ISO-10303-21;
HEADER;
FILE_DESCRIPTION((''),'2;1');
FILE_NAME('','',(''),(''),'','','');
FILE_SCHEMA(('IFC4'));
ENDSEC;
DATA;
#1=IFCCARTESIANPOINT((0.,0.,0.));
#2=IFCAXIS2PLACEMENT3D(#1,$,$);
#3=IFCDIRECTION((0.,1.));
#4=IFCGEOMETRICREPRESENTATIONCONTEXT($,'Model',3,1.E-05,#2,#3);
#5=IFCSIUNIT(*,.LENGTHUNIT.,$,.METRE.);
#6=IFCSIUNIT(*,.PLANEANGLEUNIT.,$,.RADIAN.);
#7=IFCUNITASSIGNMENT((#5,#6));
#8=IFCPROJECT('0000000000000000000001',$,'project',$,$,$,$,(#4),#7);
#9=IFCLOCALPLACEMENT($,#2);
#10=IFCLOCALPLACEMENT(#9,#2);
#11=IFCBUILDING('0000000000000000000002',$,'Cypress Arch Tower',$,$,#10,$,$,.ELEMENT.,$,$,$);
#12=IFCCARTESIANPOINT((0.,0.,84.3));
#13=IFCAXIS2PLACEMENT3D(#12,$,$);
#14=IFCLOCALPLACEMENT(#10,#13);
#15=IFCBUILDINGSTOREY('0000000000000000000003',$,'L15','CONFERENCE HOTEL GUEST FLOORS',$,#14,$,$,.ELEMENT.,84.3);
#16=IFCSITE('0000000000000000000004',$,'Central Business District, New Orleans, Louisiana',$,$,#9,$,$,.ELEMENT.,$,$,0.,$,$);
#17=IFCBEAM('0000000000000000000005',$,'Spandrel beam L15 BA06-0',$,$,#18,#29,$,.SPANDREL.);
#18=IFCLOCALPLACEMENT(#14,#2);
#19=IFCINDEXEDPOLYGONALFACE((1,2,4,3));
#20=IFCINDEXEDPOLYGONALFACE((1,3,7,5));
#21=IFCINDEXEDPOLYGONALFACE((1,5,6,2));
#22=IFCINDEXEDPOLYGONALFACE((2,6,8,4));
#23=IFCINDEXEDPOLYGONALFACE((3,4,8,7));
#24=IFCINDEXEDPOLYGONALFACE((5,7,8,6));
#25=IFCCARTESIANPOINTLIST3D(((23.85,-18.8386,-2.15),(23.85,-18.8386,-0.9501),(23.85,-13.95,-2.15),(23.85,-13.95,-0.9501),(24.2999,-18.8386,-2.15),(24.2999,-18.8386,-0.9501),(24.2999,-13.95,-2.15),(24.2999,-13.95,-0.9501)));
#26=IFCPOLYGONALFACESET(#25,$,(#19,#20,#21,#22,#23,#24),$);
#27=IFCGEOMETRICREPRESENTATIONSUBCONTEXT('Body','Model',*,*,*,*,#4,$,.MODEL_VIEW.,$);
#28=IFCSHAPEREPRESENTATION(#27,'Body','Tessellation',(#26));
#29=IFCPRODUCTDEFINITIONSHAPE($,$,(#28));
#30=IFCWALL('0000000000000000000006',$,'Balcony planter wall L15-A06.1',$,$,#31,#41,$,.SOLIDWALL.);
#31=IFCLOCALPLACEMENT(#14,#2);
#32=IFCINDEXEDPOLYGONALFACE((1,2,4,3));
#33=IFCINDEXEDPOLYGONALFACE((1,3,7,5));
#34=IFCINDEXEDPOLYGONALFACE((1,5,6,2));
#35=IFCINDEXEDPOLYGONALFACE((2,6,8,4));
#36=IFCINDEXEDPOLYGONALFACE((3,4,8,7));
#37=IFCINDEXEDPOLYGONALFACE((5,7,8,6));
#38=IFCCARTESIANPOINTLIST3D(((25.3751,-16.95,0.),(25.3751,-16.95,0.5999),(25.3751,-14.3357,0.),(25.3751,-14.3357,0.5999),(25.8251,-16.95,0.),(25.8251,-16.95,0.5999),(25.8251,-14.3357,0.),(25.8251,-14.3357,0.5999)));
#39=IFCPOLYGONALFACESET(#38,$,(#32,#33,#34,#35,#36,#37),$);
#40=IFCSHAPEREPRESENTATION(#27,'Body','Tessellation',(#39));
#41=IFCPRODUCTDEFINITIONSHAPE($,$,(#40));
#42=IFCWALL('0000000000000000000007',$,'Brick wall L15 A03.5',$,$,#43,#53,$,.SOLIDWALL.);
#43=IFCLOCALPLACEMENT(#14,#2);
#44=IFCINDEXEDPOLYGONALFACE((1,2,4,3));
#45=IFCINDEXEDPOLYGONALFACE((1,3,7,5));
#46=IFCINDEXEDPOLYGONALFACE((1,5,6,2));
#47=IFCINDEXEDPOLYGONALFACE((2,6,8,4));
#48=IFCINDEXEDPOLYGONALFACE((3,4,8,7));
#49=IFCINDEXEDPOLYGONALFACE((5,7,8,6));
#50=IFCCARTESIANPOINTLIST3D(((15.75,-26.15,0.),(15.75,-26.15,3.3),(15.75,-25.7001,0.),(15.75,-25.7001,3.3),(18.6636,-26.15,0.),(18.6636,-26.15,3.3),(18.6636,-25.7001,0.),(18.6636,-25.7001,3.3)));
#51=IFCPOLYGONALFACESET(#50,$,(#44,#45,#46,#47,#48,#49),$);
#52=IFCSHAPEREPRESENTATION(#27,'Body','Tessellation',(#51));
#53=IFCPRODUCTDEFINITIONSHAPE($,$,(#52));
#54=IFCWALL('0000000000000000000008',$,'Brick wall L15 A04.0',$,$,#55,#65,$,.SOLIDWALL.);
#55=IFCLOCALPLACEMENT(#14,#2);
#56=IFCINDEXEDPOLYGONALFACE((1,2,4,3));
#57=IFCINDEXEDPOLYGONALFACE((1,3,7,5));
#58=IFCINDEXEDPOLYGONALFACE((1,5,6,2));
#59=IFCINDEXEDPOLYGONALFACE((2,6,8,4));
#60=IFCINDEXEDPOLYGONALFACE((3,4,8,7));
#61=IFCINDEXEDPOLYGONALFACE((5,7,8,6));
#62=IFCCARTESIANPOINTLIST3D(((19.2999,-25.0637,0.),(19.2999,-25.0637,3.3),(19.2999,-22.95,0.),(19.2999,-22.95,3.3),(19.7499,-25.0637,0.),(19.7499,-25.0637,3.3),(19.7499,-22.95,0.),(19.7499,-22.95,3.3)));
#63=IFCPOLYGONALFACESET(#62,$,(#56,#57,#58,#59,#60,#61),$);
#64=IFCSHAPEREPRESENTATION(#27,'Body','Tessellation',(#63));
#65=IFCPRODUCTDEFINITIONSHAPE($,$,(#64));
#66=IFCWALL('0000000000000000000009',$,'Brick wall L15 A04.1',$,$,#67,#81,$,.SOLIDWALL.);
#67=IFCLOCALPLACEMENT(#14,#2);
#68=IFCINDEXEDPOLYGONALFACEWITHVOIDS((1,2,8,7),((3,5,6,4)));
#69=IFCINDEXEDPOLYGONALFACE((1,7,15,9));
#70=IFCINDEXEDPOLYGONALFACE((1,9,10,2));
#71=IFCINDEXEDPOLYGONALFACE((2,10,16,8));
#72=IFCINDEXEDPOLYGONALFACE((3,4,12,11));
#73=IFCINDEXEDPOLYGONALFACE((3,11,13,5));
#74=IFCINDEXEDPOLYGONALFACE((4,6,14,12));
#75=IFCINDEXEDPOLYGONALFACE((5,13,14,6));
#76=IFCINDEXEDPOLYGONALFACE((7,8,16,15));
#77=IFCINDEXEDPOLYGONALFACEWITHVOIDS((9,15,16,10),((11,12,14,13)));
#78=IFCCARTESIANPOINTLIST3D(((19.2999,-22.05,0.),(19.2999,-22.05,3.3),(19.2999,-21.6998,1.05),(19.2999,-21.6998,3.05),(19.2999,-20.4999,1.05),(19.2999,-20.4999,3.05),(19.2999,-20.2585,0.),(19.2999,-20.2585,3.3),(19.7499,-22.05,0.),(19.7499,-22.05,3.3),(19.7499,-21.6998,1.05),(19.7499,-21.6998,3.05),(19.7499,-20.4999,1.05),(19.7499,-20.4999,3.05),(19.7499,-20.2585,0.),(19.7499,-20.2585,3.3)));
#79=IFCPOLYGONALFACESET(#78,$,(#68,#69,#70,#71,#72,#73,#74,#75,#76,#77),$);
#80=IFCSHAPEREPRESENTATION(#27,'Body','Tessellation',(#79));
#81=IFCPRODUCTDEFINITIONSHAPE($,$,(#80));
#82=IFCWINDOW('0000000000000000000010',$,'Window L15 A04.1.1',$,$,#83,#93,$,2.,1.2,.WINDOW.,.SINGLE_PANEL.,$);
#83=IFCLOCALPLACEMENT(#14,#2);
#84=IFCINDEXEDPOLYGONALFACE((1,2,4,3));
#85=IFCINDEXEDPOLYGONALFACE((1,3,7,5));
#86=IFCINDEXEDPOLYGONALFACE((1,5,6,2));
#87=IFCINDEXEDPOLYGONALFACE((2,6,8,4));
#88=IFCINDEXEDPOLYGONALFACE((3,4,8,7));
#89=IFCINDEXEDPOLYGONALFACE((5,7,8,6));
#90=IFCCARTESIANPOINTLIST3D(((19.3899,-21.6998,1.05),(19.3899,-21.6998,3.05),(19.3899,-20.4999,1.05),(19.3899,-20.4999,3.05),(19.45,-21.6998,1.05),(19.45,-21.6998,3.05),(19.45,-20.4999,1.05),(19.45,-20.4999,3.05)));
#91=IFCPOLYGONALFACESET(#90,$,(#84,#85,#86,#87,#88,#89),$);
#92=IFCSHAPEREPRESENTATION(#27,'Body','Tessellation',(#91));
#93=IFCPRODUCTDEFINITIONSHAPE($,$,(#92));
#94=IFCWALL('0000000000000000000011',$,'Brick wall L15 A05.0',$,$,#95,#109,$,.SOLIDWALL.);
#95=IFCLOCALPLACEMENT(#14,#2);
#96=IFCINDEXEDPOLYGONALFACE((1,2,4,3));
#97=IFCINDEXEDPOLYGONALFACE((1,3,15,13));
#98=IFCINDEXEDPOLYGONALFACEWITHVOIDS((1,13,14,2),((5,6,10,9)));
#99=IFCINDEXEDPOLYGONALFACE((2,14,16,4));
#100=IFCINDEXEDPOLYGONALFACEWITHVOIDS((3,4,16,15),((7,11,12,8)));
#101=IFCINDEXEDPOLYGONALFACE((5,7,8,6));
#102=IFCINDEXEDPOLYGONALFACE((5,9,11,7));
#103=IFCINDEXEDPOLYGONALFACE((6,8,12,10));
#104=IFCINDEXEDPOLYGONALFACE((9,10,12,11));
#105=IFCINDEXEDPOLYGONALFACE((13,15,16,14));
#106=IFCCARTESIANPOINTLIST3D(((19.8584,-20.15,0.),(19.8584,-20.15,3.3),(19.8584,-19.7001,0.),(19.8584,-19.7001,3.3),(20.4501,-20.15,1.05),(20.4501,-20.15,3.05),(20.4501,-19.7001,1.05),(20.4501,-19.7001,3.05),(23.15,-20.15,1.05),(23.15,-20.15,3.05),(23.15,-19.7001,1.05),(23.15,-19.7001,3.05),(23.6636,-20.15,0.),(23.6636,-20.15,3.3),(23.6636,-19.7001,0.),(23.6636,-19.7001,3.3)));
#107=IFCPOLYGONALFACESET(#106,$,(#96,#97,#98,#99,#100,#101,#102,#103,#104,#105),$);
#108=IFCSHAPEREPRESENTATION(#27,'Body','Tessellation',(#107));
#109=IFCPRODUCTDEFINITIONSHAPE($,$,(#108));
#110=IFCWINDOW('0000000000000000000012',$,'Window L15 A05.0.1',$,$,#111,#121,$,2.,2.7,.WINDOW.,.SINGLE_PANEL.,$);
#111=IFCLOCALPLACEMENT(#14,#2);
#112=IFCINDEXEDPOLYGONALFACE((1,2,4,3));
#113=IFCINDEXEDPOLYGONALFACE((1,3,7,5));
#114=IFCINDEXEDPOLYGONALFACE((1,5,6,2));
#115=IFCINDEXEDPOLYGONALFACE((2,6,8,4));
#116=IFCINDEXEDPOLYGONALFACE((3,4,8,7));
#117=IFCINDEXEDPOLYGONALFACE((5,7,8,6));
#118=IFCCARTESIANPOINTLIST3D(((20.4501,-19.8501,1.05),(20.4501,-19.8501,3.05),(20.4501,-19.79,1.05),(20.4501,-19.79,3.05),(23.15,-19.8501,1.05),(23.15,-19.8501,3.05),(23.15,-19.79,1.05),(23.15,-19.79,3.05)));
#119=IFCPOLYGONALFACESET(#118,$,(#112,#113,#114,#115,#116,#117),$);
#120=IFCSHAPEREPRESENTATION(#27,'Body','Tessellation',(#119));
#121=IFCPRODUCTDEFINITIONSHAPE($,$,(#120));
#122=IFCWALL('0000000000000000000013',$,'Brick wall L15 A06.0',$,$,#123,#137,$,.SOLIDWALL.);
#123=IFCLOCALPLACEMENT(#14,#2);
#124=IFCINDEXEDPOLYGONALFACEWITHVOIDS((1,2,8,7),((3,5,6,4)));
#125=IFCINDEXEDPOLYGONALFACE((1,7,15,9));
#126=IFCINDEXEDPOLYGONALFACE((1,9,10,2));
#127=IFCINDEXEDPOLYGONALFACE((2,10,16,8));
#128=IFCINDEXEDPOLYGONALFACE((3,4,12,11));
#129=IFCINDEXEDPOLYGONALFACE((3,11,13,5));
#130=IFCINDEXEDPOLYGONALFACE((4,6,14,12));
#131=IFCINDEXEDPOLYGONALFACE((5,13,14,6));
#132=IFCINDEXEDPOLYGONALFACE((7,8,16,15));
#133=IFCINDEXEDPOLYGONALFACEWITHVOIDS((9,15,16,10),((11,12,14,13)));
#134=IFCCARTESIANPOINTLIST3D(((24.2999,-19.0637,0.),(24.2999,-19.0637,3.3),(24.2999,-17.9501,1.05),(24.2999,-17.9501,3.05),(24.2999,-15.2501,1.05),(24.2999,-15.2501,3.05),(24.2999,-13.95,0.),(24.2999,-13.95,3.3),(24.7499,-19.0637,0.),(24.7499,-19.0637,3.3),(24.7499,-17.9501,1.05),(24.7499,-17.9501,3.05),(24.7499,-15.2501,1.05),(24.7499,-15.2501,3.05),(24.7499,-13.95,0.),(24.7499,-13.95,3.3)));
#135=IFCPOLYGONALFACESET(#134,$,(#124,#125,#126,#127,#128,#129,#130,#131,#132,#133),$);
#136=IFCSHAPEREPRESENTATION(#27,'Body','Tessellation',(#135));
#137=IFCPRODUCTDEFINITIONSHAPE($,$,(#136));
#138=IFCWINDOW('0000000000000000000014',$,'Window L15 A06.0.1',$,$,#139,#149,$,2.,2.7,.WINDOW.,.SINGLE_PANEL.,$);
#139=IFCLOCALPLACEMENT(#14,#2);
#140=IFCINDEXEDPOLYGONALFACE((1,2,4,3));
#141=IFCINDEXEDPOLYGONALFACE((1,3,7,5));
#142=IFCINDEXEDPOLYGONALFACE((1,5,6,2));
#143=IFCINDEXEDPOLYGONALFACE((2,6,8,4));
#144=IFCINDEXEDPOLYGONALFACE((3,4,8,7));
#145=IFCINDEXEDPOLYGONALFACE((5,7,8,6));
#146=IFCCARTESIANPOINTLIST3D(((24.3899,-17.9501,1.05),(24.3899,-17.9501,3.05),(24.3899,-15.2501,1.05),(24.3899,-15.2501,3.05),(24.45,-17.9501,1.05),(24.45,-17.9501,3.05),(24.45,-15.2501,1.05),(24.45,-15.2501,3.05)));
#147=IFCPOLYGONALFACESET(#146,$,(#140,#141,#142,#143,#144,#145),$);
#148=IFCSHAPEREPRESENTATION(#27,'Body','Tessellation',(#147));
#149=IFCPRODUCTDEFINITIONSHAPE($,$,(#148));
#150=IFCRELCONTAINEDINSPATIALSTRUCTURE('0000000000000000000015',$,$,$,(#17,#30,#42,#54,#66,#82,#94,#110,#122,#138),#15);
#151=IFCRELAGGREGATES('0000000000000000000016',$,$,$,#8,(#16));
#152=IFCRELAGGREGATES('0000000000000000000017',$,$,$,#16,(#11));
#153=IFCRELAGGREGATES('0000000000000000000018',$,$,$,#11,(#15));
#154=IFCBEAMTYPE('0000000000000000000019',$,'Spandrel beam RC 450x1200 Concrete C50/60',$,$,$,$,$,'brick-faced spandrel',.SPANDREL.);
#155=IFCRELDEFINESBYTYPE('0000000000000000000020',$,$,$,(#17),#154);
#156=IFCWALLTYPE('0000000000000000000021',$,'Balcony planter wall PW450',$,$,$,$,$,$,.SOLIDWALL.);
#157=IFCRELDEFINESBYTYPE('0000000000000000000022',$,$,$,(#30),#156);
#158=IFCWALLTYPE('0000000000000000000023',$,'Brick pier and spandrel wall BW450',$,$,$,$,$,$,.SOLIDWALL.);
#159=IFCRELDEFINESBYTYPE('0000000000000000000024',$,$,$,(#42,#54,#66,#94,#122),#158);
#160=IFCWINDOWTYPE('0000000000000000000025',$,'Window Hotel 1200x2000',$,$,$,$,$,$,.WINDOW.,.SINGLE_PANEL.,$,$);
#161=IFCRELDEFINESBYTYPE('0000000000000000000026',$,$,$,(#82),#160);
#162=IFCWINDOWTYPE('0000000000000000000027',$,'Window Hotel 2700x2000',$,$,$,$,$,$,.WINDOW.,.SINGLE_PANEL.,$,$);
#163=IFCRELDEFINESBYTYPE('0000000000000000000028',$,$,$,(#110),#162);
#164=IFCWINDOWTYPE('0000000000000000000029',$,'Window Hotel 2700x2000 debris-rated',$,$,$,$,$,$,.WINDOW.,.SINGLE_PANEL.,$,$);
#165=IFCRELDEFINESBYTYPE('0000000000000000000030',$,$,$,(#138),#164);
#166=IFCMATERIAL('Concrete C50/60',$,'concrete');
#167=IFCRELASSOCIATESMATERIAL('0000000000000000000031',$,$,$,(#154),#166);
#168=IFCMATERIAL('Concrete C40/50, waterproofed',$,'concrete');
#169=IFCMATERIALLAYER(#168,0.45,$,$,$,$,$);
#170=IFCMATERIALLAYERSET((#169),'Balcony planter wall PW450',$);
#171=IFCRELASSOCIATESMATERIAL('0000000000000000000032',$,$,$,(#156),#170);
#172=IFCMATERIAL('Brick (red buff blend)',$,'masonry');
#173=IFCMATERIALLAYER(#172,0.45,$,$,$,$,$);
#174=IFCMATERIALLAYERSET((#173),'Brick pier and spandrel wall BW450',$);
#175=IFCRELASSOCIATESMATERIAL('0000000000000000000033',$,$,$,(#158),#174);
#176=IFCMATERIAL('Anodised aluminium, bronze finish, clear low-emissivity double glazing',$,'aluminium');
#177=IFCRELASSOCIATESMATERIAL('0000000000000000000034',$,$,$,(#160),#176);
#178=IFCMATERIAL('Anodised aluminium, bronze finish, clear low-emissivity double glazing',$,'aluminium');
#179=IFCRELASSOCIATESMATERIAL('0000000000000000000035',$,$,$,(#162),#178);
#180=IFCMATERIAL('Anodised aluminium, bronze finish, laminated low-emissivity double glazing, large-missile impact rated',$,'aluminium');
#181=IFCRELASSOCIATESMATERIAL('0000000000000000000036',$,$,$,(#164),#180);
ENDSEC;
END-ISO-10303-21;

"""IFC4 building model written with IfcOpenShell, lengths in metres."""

from ifc_helpers import new_model, si_unit, direction, frame, frame_2d, origin, origin_2d, place, context, subcontext, project, spatial, rectangle, extrude, material, layer, layer_set, material_profile, profile_set, type_object, element, fill, save


model = new_model("IFC4")

# Units and contexts
model_context = context("Model", 3, precision=1e-05, world=origin(), true_north=direction((0.0, 1.0)))
body_context = subcontext(model_context, "Body", "Model", "MODEL_VIEW")
ifc_project = project(units=[si_unit("LENGTHUNIT", "METRE"), si_unit("PLANEANGLEUNIT", "RADIAN")], contexts=[model_context])

# Site, building, storey
site_placement = place(None, origin())
site = spatial("IfcSite", under=ifc_project, at=site_placement, Name="Central Business District, New Orleans, Louisiana", CompositionType="ELEMENT", RefElevation=0.0)
building_placement = place(site_placement, origin())
building = spatial("IfcBuilding", under=site, at=building_placement, Name="Cypress Arch Tower", CompositionType="ELEMENT")
storey_placement = place(building_placement, frame((0.0, 0.0, 84.3)))
storey = spatial("IfcBuildingStorey", under=building, at=storey_placement, Name="L15", Description="CONFERENCE HOTEL GUEST FLOORS", CompositionType="ELEMENT", Elevation=84.3)

# Beam
ifc_material_1 = material(Name="Concrete C50/60", Category="concrete")
ifc_material_profile_1 = material_profile(ifc_material_1, rectangle(XDim=0.45, YDim=1.2, at=origin_2d()), Name="RC 450x1200")
ifc_profile_set_1 = profile_set([ifc_material_profile_1], Name="Concrete C50/60")
beam_type = type_object("IfcBeamType", Name="Spandrel beam RC 450x1200 Concrete C50/60", ElementType="brick-faced spandrel", PredefinedType="SPANDREL", material=ifc_profile_set_1)
beam_1_placement = place(storey_placement, frame((24.075, -18.8386, -1.55), z_axis=(0.0, 1.0, 0.0), x_axis=(-1.0, 0.0, 0.0)))
element("IfcBeam", 1, at=beam_1_placement, inside=storey, type_object=beam_type, Name="Spandrel beam L15 BA06-0", PredefinedType="SPANDREL", context=body_context, shape_type="SweptSolid", body=[
    extrude(rectangle(XDim=0.45, YDim=1.2, at=origin_2d()), origin(), (0.0, 0.0, 1.0), 4.8887),
])

# Walls
ifc_material_2 = material(Name="Concrete C40/50, waterproofed", Category="concrete")
ifc_layer_1 = layer(ifc_material_2, 0.45)
ifc_layer_set_1 = layer_set([ifc_layer_1], Name="Balcony planter wall PW450")
wall_type_1 = type_object("IfcWallType", Name="Balcony planter wall PW450", PredefinedType="SOLIDWALL", material=ifc_layer_set_1)
wall_1_placement = place(storey_placement, frame((25.6001, -16.95, 0.0), z_axis=(0.0, 0.0, 1.0), x_axis=(0.0, 1.0, 0.0)))
element("IfcWall", 2, at=wall_1_placement, inside=storey, type_object=wall_type_1, Name="Balcony planter wall L15-A06.1", PredefinedType="SOLIDWALL", context=body_context, shape_type="SweptSolid", body=[
    extrude(rectangle(XDim=2.6143, YDim=0.45, at=frame_2d((1.3071, 0.0))), origin(), (0.0, 0.0, 1.0), 0.5999),
])
ifc_material_3 = material(Name="Brick (red buff blend)", Category="masonry")
ifc_layer_2 = layer(ifc_material_3, 0.45)
ifc_layer_set_2 = layer_set([ifc_layer_2], Name="Brick pier and spandrel wall BW450")
wall_type_2 = type_object("IfcWallType", Name="Brick pier and spandrel wall BW450", PredefinedType="SOLIDWALL", material=ifc_layer_set_2)
wall_2_placement = place(storey_placement, frame((15.75, -25.925, 0.0), z_axis=(0.0, 0.0, 1.0), x_axis=(1.0, 0.0, 0.0)))
element("IfcWall", 3, at=wall_2_placement, inside=storey, type_object=wall_type_2, Name="Brick wall L15 A03.5", PredefinedType="SOLIDWALL", context=body_context, shape_type="SweptSolid", body=[
    extrude(rectangle(XDim=2.9136, YDim=0.45, at=frame_2d((1.4568, 0.0))), origin(), (0.0, 0.0, 1.0), 3.3),
])
wall_3_placement = place(storey_placement, frame((19.5249, -25.0637, 0.0), z_axis=(0.0, 0.0, 1.0), x_axis=(0.0, 1.0, 0.0)))
element("IfcWall", 4, at=wall_3_placement, inside=storey, type_object=wall_type_2, Name="Brick wall L15 A04.0", PredefinedType="SOLIDWALL", context=body_context, shape_type="SweptSolid", body=[
    extrude(rectangle(XDim=2.1138, YDim=0.45, at=frame_2d((1.0569, 0.0))), origin(), (0.0, 0.0, 1.0), 3.3),
])

# Walls, openings, windows
wall_4_placement = place(storey_placement, frame((19.5249, -22.05, 0.0), z_axis=(0.0, 0.0, 1.0), x_axis=(0.0, 1.0, 0.0)))
wall_4 = element("IfcWall", 5, at=wall_4_placement, inside=storey, type_object=wall_type_2, Name="Brick wall L15 A04.1", PredefinedType="SOLIDWALL", context=body_context, shape_type="SweptSolid", body=[
    extrude(rectangle(XDim=1.7915, YDim=0.45, at=frame_2d((0.8958, 0.0))), origin(), (0.0, 0.0, 1.0), 3.3),
])
opening_1_placement = place(wall_4_placement, frame((0.3501, 0.0, 1.05)))
opening_1 = element("IfcOpeningElement", 6, at=opening_1_placement, cuts=wall_4, PredefinedType="OPENING", context=body_context, shape_type="SweptSolid", body=[
    extrude(rectangle(XDim=1.2, YDim=2.0, at=frame_2d((0.6001, 1.0))), frame((0.0, 0.2349, 0.0), z_axis=(0.0, -1.0, 0.0), x_axis=(1.0, 0.0, 0.0)), (0.0, 0.0, 1.0), 0.47),
])
ifc_material_4 = material(Name="Anodised aluminium, bronze finish, clear low-emissivity double glazing", Category="aluminium")
window_type_1 = type_object("IfcWindowType", Name="Window Hotel 1200x2000", PartitioningType="SINGLE_PANEL", PredefinedType="WINDOW", material=ifc_material_4)
window_1_placement = place(opening_1_placement, origin())
window_1 = element("IfcWindow", 7, at=window_1_placement, inside=storey, type_object=window_type_1, Name="Window L15 A04.1.1", OverallHeight=2.0, OverallWidth=1.2, PartitioningType="SINGLE_PANEL", PredefinedType="WINDOW", context=body_context, shape_type="SweptSolid", body=[
    extrude(rectangle(XDim=1.2, YDim=2.0, at=frame_2d((0.6001, 1.0))), frame((0.0, 0.135, 0.0), z_axis=(0.0, -1.0, 0.0), x_axis=(1.0, 0.0, 0.0)), (0.0, 0.0, 1.0), 0.0601),
])
fill(opening_1, window_1)
wall_5_placement = place(storey_placement, frame((19.8584, -19.925, 0.0), z_axis=(0.0, 0.0, 1.0), x_axis=(1.0, 0.0, 0.0)))
wall_5 = element("IfcWall", 8, at=wall_5_placement, inside=storey, type_object=wall_type_2, Name="Brick wall L15 A05.0", PredefinedType="SOLIDWALL", context=body_context, shape_type="SweptSolid", body=[
    extrude(rectangle(XDim=3.8052, YDim=0.45, at=frame_2d((1.9026, 0.0))), origin(), (0.0, 0.0, 1.0), 3.3),
])
opening_2_placement = place(wall_5_placement, frame((0.5916, 0.0, 1.05)))
opening_2 = element("IfcOpeningElement", 9, at=opening_2_placement, cuts=wall_5, PredefinedType="OPENING", context=body_context, shape_type="SweptSolid", body=[
    extrude(rectangle(XDim=2.7, YDim=2.0, at=frame_2d((1.3501, 1.0))), frame((0.0, 0.2349, 0.0), z_axis=(0.0, -1.0, 0.0), x_axis=(1.0, 0.0, 0.0)), (0.0, 0.0, 1.0), 0.47),
])
ifc_material_5 = material(Name="Anodised aluminium, bronze finish, clear low-emissivity double glazing", Category="aluminium")
window_type_2 = type_object("IfcWindowType", Name="Window Hotel 2700x2000", PartitioningType="SINGLE_PANEL", PredefinedType="WINDOW", material=ifc_material_5)
window_2_placement = place(opening_2_placement, origin())
window_2 = element("IfcWindow", 10, at=window_2_placement, inside=storey, type_object=window_type_2, Name="Window L15 A05.0.1", OverallHeight=2.0, OverallWidth=2.7, PartitioningType="SINGLE_PANEL", PredefinedType="WINDOW", context=body_context, shape_type="SweptSolid", body=[
    extrude(rectangle(XDim=2.7, YDim=2.0, at=frame_2d((1.3501, 1.0))), frame((0.0, 0.135, 0.0), z_axis=(0.0, -1.0, 0.0), x_axis=(1.0, 0.0, 0.0)), (0.0, 0.0, 1.0), 0.0601),
])
fill(opening_2, window_2)
wall_6_placement = place(storey_placement, frame((24.5249, -19.0637, 0.0), z_axis=(0.0, 0.0, 1.0), x_axis=(0.0, 1.0, 0.0)))
wall_6 = element("IfcWall", 11, at=wall_6_placement, inside=storey, type_object=wall_type_2, Name="Brick wall L15 A06.0", PredefinedType="SOLIDWALL", context=body_context, shape_type="SweptSolid", body=[
    extrude(rectangle(XDim=5.1138, YDim=0.45, at=frame_2d((2.5569, 0.0))), origin(), (0.0, 0.0, 1.0), 3.3),
])
opening_3_placement = place(wall_6_placement, frame((1.1135, 0.0, 1.05)))
opening_3 = element("IfcOpeningElement", 12, at=opening_3_placement, cuts=wall_6, PredefinedType="OPENING", context=body_context, shape_type="SweptSolid", body=[
    extrude(rectangle(XDim=2.7, YDim=2.0, at=frame_2d((1.3501, 1.0))), frame((0.0, 0.2349, 0.0), z_axis=(0.0, -1.0, 0.0), x_axis=(1.0, 0.0, 0.0)), (0.0, 0.0, 1.0), 0.47),
])
ifc_material_6 = material(Name="Anodised aluminium, bronze finish, laminated low-emissivity double glazing, large-missile impact rated", Category="aluminium")
window_type_3 = type_object("IfcWindowType", Name="Window Hotel 2700x2000 debris-rated", PartitioningType="SINGLE_PANEL", PredefinedType="WINDOW", material=ifc_material_6)
window_3_placement = place(opening_3_placement, origin())
window_3 = element("IfcWindow", 13, at=window_3_placement, inside=storey, type_object=window_type_3, Name="Window L15 A06.0.1", OverallHeight=2.0, OverallWidth=2.7, PartitioningType="SINGLE_PANEL", PredefinedType="WINDOW", context=body_context, shape_type="SweptSolid", body=[
    extrude(rectangle(XDim=2.7, YDim=2.0, at=frame_2d((1.3501, 1.0))), frame((0.0, 0.135, 0.0), z_axis=(0.0, -1.0, 0.0), x_axis=(1.0, 0.0, 0.0)), (0.0, 0.0, 1.0), 0.0601),
])
fill(opening_3, window_3)

save(model, "model.ifc")
